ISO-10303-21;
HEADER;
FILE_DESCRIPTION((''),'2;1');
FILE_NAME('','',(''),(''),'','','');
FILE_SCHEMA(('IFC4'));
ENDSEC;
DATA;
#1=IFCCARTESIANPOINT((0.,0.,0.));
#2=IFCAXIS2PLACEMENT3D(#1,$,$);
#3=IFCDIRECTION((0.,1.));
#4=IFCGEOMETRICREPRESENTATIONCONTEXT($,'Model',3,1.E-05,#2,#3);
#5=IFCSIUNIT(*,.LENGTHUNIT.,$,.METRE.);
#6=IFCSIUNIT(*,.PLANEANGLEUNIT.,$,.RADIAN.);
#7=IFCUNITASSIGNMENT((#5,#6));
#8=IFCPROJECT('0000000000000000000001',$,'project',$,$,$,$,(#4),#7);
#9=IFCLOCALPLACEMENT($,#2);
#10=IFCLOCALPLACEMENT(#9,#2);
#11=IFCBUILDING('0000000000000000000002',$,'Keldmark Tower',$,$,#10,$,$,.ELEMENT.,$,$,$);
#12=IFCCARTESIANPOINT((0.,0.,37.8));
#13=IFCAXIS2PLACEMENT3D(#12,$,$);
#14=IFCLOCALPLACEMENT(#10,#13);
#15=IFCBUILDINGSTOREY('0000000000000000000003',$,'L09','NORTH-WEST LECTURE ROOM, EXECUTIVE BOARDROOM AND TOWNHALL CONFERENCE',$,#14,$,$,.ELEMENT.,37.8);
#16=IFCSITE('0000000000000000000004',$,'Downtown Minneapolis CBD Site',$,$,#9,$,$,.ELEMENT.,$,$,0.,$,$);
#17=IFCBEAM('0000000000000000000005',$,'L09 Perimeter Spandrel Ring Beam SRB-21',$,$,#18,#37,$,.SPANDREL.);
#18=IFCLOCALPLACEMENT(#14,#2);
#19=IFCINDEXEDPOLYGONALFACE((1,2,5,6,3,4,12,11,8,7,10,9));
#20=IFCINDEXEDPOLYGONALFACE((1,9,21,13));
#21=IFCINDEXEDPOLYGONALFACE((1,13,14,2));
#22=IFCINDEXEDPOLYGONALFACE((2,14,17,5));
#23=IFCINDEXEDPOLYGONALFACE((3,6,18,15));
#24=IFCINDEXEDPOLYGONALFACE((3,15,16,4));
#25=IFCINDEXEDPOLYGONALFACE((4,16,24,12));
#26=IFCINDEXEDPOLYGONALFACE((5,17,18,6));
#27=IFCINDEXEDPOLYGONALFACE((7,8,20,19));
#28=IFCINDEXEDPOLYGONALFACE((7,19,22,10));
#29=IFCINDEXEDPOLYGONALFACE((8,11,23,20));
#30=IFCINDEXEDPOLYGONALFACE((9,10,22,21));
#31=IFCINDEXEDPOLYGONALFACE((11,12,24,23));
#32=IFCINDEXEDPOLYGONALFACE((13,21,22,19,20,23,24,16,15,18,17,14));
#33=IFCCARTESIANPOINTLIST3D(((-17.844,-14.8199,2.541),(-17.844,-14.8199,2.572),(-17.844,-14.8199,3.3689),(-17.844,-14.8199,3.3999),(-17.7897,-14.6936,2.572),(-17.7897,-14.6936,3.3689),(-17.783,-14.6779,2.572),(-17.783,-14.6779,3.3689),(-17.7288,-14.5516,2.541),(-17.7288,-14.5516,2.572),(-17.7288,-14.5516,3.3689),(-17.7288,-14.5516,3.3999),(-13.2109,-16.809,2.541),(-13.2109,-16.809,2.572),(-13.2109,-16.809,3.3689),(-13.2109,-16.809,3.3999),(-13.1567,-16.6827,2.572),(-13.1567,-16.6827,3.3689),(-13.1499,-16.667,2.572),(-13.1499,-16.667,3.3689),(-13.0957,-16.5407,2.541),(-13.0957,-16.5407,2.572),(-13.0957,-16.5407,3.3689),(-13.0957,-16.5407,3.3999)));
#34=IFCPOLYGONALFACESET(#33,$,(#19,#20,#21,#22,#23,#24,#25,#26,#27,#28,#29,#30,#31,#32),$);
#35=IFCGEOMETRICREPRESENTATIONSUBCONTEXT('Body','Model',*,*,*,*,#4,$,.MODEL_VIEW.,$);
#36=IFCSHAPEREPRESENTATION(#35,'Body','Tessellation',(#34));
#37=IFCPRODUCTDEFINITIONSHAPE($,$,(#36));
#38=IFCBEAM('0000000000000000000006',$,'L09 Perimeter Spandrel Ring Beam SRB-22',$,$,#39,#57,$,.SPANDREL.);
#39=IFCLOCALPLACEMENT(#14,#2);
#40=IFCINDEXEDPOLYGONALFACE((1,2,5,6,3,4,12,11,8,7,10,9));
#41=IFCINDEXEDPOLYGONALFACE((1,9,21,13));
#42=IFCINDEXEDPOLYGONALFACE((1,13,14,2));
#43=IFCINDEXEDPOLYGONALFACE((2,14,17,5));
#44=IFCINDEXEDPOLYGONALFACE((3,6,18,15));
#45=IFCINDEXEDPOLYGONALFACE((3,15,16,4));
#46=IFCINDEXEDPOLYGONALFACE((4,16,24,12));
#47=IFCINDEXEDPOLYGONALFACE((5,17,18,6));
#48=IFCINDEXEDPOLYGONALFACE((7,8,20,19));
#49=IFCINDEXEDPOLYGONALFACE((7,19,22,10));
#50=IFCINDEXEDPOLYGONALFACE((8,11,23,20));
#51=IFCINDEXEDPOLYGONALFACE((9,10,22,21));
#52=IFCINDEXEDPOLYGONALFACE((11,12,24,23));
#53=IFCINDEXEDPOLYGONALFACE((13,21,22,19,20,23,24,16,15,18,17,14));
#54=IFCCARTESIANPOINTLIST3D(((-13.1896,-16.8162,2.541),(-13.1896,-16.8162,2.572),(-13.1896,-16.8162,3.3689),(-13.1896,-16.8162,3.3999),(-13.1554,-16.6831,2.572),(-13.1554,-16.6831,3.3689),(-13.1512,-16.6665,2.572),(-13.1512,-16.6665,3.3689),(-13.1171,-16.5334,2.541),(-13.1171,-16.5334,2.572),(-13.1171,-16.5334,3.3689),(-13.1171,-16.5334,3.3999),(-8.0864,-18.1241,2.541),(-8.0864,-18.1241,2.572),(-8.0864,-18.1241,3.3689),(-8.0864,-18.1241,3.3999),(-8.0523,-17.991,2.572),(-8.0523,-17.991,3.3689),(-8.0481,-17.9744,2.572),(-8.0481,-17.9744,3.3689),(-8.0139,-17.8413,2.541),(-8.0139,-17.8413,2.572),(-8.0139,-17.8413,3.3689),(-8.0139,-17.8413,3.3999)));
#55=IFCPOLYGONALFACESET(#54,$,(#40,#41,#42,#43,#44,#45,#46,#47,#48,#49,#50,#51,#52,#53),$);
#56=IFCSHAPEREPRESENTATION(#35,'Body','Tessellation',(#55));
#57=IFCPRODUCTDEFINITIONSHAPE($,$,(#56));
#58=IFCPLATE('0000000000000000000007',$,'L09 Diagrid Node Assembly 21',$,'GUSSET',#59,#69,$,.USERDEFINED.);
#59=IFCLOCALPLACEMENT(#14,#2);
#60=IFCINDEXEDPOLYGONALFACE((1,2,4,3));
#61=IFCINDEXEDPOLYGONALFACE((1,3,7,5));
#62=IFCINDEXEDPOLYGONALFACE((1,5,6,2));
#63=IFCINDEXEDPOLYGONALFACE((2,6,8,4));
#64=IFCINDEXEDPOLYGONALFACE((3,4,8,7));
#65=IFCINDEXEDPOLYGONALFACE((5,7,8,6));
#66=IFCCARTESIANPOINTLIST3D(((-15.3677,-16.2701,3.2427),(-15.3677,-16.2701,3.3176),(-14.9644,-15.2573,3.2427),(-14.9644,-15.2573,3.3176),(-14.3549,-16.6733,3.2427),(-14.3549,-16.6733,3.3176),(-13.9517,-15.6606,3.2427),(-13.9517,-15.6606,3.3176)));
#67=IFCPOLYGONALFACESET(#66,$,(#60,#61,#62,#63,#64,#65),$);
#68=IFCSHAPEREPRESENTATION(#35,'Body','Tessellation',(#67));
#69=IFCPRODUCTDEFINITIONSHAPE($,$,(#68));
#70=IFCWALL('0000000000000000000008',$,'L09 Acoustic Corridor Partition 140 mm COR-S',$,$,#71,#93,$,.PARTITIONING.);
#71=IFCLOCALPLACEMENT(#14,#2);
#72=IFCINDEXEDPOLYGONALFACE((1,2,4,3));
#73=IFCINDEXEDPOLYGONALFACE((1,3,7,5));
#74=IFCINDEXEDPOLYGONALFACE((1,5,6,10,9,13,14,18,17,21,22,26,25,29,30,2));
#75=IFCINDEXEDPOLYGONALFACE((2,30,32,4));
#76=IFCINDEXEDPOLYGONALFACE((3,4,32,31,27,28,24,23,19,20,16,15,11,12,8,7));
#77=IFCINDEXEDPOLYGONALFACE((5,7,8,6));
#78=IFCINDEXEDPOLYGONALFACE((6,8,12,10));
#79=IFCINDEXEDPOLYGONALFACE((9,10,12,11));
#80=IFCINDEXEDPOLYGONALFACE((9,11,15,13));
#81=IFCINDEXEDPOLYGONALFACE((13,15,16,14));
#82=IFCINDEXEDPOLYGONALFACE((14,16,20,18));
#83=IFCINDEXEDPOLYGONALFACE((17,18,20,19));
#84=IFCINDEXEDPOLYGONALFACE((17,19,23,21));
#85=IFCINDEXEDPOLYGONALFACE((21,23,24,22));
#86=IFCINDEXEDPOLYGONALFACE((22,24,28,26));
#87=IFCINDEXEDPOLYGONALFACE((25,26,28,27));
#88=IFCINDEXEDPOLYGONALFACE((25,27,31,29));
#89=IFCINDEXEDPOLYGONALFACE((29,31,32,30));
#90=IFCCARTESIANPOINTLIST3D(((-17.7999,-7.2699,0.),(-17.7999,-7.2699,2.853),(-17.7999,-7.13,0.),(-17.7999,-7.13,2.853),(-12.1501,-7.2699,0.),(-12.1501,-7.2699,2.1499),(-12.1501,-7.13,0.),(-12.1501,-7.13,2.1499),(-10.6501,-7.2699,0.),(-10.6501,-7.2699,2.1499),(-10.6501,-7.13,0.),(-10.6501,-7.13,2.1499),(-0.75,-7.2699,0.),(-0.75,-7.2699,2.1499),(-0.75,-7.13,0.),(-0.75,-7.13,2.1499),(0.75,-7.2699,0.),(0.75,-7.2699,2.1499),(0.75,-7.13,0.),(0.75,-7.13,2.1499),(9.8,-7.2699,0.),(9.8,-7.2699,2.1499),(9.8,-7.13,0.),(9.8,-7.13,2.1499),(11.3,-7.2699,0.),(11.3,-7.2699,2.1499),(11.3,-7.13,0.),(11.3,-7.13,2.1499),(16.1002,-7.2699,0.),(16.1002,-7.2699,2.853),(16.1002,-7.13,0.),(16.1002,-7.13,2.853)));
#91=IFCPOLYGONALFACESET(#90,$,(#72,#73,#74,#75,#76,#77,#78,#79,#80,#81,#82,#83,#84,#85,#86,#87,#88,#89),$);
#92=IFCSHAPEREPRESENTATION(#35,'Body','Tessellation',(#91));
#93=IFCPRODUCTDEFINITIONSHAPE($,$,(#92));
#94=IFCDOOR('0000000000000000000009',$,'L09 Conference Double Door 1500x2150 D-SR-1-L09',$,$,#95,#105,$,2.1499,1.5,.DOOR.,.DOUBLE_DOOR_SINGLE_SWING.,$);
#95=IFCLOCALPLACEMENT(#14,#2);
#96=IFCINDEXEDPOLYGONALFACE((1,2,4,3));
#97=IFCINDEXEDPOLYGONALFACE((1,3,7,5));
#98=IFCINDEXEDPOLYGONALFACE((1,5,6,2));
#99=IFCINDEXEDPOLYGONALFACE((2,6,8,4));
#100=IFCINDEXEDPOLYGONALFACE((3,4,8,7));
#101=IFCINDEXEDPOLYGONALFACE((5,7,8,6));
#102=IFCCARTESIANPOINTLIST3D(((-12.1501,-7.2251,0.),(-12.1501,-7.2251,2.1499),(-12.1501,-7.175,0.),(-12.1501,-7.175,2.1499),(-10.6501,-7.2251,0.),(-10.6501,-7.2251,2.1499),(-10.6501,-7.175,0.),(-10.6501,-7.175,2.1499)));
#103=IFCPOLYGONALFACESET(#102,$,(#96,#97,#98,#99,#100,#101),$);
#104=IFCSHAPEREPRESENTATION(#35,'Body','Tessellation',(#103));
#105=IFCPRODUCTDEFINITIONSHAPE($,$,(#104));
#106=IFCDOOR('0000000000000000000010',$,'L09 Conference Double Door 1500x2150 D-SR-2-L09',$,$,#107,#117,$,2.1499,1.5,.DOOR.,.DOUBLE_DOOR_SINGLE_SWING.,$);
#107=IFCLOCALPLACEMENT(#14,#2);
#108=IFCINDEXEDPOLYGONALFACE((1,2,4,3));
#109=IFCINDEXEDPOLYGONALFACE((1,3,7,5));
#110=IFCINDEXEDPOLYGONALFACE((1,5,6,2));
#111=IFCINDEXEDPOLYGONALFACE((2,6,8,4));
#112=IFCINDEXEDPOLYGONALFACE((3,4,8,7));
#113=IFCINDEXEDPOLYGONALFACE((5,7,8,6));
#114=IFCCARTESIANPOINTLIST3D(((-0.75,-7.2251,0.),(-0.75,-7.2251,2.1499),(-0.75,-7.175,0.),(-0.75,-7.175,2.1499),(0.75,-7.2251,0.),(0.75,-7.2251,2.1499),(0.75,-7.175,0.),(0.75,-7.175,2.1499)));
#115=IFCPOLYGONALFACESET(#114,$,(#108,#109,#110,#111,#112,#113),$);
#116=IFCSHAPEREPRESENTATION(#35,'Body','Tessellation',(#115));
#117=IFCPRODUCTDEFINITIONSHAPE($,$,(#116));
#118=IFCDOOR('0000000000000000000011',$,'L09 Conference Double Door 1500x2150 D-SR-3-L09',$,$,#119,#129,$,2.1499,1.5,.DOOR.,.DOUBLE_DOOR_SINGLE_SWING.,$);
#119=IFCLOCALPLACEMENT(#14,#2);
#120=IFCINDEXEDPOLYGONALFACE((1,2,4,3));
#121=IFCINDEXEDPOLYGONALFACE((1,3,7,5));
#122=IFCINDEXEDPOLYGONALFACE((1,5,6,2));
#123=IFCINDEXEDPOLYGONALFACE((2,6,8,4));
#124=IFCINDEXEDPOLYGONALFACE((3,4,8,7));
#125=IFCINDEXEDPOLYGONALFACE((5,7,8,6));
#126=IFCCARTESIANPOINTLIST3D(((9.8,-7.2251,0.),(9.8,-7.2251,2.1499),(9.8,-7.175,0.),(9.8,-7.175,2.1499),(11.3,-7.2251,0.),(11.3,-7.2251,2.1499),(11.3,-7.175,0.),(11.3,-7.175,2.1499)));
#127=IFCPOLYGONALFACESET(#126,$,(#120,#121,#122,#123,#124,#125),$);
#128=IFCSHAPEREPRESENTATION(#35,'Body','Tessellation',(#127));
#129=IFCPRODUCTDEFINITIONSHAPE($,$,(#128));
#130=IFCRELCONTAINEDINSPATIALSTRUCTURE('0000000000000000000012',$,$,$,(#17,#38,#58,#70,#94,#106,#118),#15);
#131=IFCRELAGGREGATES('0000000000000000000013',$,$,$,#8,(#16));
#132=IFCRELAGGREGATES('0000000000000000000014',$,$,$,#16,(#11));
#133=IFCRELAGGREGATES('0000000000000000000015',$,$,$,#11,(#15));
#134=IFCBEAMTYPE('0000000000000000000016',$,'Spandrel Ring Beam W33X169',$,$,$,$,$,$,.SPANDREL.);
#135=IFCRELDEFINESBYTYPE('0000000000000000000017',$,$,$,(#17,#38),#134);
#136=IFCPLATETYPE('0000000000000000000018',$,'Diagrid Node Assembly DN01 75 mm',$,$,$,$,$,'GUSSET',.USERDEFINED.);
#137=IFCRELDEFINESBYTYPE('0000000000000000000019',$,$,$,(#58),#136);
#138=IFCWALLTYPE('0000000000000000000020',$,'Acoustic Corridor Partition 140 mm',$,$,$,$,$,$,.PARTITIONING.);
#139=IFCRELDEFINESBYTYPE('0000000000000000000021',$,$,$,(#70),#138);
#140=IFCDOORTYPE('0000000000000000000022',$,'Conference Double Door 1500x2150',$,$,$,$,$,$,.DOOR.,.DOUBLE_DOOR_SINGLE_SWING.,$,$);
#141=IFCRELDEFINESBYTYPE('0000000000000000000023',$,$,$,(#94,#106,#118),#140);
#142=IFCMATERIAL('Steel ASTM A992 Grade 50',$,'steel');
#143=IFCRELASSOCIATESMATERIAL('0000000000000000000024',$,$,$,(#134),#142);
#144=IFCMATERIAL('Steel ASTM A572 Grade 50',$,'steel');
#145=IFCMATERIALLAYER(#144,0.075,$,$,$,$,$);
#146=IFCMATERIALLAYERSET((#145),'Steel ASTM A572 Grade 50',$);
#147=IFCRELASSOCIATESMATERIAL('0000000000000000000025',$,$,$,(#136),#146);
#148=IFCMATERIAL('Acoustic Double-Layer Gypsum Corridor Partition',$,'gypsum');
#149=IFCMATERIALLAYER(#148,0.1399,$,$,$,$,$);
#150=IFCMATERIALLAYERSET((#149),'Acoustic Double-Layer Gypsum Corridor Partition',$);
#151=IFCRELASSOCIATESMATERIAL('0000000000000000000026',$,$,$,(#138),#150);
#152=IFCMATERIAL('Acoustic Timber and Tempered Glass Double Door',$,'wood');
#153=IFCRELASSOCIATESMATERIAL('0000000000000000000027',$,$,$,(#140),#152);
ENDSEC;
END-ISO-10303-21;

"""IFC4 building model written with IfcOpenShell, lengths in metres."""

from ifc_helpers import new_model, si_unit, direction, frame, frame_2d, origin, origin_2d, place, context, subcontext, project, spatial, rectangle, i_section, extrude, material, layer, layer_set, material_profile, profile_set, type_object, element, fill, save


model = new_model("IFC4")

# Units and contexts
model_context = context("Model", 3, precision=1e-05, world=origin(), true_north=direction((0.0, 1.0)))
body_context = subcontext(model_context, "Body", "Model", "MODEL_VIEW")
ifc_project = project(units=[si_unit("LENGTHUNIT", "METRE"), si_unit("PLANEANGLEUNIT", "RADIAN")], contexts=[model_context])

# Site, building, storey
site_placement = place(None, origin())
site = spatial("IfcSite", under=ifc_project, at=site_placement, Name="Downtown Minneapolis CBD Site", CompositionType="ELEMENT", RefElevation=0.0)
building_placement = place(site_placement, origin())
building = spatial("IfcBuilding", under=site, at=building_placement, Name="Keldmark Tower", CompositionType="ELEMENT")
storey_placement = place(building_placement, frame((0.0, 0.0, 37.8)))
storey = spatial("IfcBuildingStorey", under=building, at=storey_placement, Name="L09", Description="NORTH-WEST LECTURE ROOM, EXECUTIVE BOARDROOM AND TOWNHALL CONFERENCE", CompositionType="ELEMENT", Elevation=37.8)

# Beams
ifc_material_1 = material(Name="Steel ASTM A992 Grade 50", Category="steel")
ifc_material_profile_1 = material_profile(ifc_material_1, i_section(OverallWidth=0.292, OverallDepth=0.8589, WebThickness=0.0171, FlangeThickness=0.031, at=origin_2d()), Name="W33X169")
ifc_profile_set_1 = profile_set([ifc_material_profile_1], Name="Steel ASTM A992 Grade 50")
beam_type_1 = type_object("IfcBeamType", Name="Spandrel Ring Beam W33X169", PredefinedType="SPANDREL", material=ifc_profile_set_1)
beam_1_placement = place(storey_placement, frame((-17.7864, -14.6858, 2.9705), z_axis=(0.918899, -0.394492, 0.0), x_axis=(0.394492, 0.918899, 0.0)))
element("IfcBeam", 1, at=beam_1_placement, inside=storey, type_object=beam_type_1, Name="L09 Perimeter Spandrel Ring Beam SRB-21", PredefinedType="SPANDREL", context=body_context, shape_type="SweptSolid", body=[
    extrude(i_section(OverallWidth=0.292, OverallDepth=0.8589, WebThickness=0.0171, FlangeThickness=0.031, at=origin_2d()), origin(), (0.0, 0.0, 1.0), 5.042),
])
beam_2_placement = place(storey_placement, frame((-13.1533, -16.6748, 2.9705), z_axis=(0.968692, -0.248267, 0.0), x_axis=(0.248267, 0.968692, 0.0)))
element("IfcBeam", 2, at=beam_2_placement, inside=storey, type_object=beam_type_1, Name="L09 Perimeter Spandrel Ring Beam SRB-22", PredefinedType="SPANDREL", context=body_context, shape_type="SweptSolid", body=[
    extrude(i_section(OverallWidth=0.292, OverallDepth=0.8589, WebThickness=0.0171, FlangeThickness=0.031, at=origin_2d()), origin(), (0.0, 0.0, 1.0), 5.2681),
])

# Plate
ifc_material_2 = material(Name="Steel ASTM A572 Grade 50", Category="steel")
ifc_layer_1 = layer(ifc_material_2, 0.075)
ifc_layer_set_1 = layer_set([ifc_layer_1], Name="Steel ASTM A572 Grade 50")
plate_type = type_object("IfcPlateType", Name="Diagrid Node Assembly DN01 75 mm", ElementType="GUSSET", PredefinedType="USERDEFINED", material=ifc_layer_set_1)
plate_placement = place(storey_placement, frame((-14.6597, -15.9653, 3.2427), z_axis=(0.0, 0.0, 1.0), x_axis=(0.929068, -0.369909, 0.0)))
element("IfcPlate", 3, at=plate_placement, inside=storey, type_object=plate_type, Name="L09 Diagrid Node Assembly 21", ObjectType="GUSSET", PredefinedType="USERDEFINED", context=body_context, shape_type="SweptSolid", body=[
    extrude(rectangle(XDim=1.0901, YDim=1.0901, at=origin_2d()), origin(), (0.0, 0.0, 1.0), 0.075),
])

# Wall, openings, doors
ifc_material_3 = material(Name="Acoustic Double-Layer Gypsum Corridor Partition", Category="gypsum")
ifc_layer_2 = layer(ifc_material_3, 0.1399)
ifc_layer_set_2 = layer_set([ifc_layer_2], Name="Acoustic Double-Layer Gypsum Corridor Partition")
wall_type_1 = type_object("IfcWallType", Name="Acoustic Corridor Partition 140 mm", PredefinedType="PARTITIONING", material=ifc_layer_set_2)
wall_1_placement = place(storey_placement, frame((-17.8, -7.2, 0.0), z_axis=(0.0, 0.0, 1.0), x_axis=(1.0, 0.0, 0.0)))
wall_1 = element("IfcWall", 4, at=wall_1_placement, inside=storey, type_object=wall_type_1, Name="L09 Acoustic Corridor Partition 140 mm COR-S", PredefinedType="PARTITIONING", context=body_context, shape_type="SweptSolid", body=[
    extrude(rectangle(XDim=33.9001, YDim=0.1399, at=frame_2d((16.9502, 0.0))), origin(), (0.0, 0.0, 1.0), 2.853),
])
opening_1_placement = place(wall_1_placement, frame((5.6499, 0.0, 0.0)))
opening_1 = element("IfcOpeningElement", 5, at=opening_1_placement, cuts=wall_1, PredefinedType="OPENING", context=body_context, shape_type="SweptSolid", body=[
    extrude(rectangle(XDim=1.5, YDim=2.1499, at=frame_2d((0.75, 1.075))), frame((0.0, 0.0798, 0.0), z_axis=(0.0, -1.0, 0.0), x_axis=(1.0, 0.0, 0.0)), (0.0, 0.0, 1.0), 0.1599),
])
opening_2_placement = place(wall_1_placement, frame((17.05, 0.0, 0.0)))
opening_2 = element("IfcOpeningElement", 6, at=opening_2_placement, cuts=wall_1, PredefinedType="OPENING", context=body_context, shape_type="SweptSolid", body=[
    extrude(rectangle(XDim=1.5, YDim=2.1499, at=frame_2d((0.75, 1.075))), frame((0.0, 0.0798, 0.0), z_axis=(0.0, -1.0, 0.0), x_axis=(1.0, 0.0, 0.0)), (0.0, 0.0, 1.0), 0.1599),
])
opening_3_placement = place(wall_1_placement, frame((27.6001, 0.0, 0.0)))
opening_3 = element("IfcOpeningElement", 7, at=opening_3_placement, cuts=wall_1, PredefinedType="OPENING", context=body_context, shape_type="SweptSolid", body=[
    extrude(rectangle(XDim=1.5, YDim=2.1499, at=frame_2d((0.75, 1.075))), frame((0.0, 0.0798, 0.0), z_axis=(0.0, -1.0, 0.0), x_axis=(1.0, 0.0, 0.0)), (0.0, 0.0, 1.0), 0.1599),
])
ifc_material_4 = material(Name="Acoustic Timber and Tempered Glass Double Door", Category="wood")
door_type_1 = type_object("IfcDoorType", Name="Conference Double Door 1500x2150", OperationType="DOUBLE_DOOR_SINGLE_SWING", PredefinedType="DOOR", material=ifc_material_4)
door_1_placement = place(opening_1_placement, origin())
door_1 = element("IfcDoor", 8, at=door_1_placement, inside=storey, type_object=door_type_1, Name="L09 Conference Double Door 1500x2150 D-SR-1-L09", OperationType="DOUBLE_DOOR_SINGLE_SWING", OverallHeight=2.1499, OverallWidth=1.5, PredefinedType="DOOR", context=body_context, shape_type="SweptSolid", body=[
    extrude(rectangle(XDim=1.5, YDim=2.1499, at=frame_2d((0.75, 1.075))), frame((0.0, 0.0249, 0.0), z_axis=(0.0, -1.0, 0.0), x_axis=(1.0, 0.0, 0.0)), (0.0, 0.0, 1.0), 0.05),
])
fill(opening_1, door_1)
door_2_placement = place(opening_2_placement, origin())
door_2 = element("IfcDoor", 9, at=door_2_placement, inside=storey, type_object=door_type_1, Name="L09 Conference Double Door 1500x2150 D-SR-2-L09", OperationType="DOUBLE_DOOR_SINGLE_SWING", OverallHeight=2.1499, OverallWidth=1.5, PredefinedType="DOOR", context=body_context, shape_type="SweptSolid", body=[
    extrude(rectangle(XDim=1.5, YDim=2.1499, at=frame_2d((0.75, 1.075))), frame((0.0, 0.0249, 0.0), z_axis=(0.0, -1.0, 0.0), x_axis=(1.0, 0.0, 0.0)), (0.0, 0.0, 1.0), 0.05),
])
fill(opening_2, door_2)
door_3_placement = place(opening_3_placement, origin())
door_3 = element("IfcDoor", 10, at=door_3_placement, inside=storey, type_object=door_type_1, Name="L09 Conference Double Door 1500x2150 D-SR-3-L09", OperationType="DOUBLE_DOOR_SINGLE_SWING", OverallHeight=2.1499, OverallWidth=1.5, PredefinedType="DOOR", context=body_context, shape_type="SweptSolid", body=[
    extrude(rectangle(XDim=1.5, YDim=2.1499, at=frame_2d((0.75, 1.075))), frame((0.0, 0.0249, 0.0), z_axis=(0.0, -1.0, 0.0), x_axis=(1.0, 0.0, 0.0)), (0.0, 0.0, 1.0), 0.05),
])
fill(opening_3, door_3)

save(model, "model.ifc")
